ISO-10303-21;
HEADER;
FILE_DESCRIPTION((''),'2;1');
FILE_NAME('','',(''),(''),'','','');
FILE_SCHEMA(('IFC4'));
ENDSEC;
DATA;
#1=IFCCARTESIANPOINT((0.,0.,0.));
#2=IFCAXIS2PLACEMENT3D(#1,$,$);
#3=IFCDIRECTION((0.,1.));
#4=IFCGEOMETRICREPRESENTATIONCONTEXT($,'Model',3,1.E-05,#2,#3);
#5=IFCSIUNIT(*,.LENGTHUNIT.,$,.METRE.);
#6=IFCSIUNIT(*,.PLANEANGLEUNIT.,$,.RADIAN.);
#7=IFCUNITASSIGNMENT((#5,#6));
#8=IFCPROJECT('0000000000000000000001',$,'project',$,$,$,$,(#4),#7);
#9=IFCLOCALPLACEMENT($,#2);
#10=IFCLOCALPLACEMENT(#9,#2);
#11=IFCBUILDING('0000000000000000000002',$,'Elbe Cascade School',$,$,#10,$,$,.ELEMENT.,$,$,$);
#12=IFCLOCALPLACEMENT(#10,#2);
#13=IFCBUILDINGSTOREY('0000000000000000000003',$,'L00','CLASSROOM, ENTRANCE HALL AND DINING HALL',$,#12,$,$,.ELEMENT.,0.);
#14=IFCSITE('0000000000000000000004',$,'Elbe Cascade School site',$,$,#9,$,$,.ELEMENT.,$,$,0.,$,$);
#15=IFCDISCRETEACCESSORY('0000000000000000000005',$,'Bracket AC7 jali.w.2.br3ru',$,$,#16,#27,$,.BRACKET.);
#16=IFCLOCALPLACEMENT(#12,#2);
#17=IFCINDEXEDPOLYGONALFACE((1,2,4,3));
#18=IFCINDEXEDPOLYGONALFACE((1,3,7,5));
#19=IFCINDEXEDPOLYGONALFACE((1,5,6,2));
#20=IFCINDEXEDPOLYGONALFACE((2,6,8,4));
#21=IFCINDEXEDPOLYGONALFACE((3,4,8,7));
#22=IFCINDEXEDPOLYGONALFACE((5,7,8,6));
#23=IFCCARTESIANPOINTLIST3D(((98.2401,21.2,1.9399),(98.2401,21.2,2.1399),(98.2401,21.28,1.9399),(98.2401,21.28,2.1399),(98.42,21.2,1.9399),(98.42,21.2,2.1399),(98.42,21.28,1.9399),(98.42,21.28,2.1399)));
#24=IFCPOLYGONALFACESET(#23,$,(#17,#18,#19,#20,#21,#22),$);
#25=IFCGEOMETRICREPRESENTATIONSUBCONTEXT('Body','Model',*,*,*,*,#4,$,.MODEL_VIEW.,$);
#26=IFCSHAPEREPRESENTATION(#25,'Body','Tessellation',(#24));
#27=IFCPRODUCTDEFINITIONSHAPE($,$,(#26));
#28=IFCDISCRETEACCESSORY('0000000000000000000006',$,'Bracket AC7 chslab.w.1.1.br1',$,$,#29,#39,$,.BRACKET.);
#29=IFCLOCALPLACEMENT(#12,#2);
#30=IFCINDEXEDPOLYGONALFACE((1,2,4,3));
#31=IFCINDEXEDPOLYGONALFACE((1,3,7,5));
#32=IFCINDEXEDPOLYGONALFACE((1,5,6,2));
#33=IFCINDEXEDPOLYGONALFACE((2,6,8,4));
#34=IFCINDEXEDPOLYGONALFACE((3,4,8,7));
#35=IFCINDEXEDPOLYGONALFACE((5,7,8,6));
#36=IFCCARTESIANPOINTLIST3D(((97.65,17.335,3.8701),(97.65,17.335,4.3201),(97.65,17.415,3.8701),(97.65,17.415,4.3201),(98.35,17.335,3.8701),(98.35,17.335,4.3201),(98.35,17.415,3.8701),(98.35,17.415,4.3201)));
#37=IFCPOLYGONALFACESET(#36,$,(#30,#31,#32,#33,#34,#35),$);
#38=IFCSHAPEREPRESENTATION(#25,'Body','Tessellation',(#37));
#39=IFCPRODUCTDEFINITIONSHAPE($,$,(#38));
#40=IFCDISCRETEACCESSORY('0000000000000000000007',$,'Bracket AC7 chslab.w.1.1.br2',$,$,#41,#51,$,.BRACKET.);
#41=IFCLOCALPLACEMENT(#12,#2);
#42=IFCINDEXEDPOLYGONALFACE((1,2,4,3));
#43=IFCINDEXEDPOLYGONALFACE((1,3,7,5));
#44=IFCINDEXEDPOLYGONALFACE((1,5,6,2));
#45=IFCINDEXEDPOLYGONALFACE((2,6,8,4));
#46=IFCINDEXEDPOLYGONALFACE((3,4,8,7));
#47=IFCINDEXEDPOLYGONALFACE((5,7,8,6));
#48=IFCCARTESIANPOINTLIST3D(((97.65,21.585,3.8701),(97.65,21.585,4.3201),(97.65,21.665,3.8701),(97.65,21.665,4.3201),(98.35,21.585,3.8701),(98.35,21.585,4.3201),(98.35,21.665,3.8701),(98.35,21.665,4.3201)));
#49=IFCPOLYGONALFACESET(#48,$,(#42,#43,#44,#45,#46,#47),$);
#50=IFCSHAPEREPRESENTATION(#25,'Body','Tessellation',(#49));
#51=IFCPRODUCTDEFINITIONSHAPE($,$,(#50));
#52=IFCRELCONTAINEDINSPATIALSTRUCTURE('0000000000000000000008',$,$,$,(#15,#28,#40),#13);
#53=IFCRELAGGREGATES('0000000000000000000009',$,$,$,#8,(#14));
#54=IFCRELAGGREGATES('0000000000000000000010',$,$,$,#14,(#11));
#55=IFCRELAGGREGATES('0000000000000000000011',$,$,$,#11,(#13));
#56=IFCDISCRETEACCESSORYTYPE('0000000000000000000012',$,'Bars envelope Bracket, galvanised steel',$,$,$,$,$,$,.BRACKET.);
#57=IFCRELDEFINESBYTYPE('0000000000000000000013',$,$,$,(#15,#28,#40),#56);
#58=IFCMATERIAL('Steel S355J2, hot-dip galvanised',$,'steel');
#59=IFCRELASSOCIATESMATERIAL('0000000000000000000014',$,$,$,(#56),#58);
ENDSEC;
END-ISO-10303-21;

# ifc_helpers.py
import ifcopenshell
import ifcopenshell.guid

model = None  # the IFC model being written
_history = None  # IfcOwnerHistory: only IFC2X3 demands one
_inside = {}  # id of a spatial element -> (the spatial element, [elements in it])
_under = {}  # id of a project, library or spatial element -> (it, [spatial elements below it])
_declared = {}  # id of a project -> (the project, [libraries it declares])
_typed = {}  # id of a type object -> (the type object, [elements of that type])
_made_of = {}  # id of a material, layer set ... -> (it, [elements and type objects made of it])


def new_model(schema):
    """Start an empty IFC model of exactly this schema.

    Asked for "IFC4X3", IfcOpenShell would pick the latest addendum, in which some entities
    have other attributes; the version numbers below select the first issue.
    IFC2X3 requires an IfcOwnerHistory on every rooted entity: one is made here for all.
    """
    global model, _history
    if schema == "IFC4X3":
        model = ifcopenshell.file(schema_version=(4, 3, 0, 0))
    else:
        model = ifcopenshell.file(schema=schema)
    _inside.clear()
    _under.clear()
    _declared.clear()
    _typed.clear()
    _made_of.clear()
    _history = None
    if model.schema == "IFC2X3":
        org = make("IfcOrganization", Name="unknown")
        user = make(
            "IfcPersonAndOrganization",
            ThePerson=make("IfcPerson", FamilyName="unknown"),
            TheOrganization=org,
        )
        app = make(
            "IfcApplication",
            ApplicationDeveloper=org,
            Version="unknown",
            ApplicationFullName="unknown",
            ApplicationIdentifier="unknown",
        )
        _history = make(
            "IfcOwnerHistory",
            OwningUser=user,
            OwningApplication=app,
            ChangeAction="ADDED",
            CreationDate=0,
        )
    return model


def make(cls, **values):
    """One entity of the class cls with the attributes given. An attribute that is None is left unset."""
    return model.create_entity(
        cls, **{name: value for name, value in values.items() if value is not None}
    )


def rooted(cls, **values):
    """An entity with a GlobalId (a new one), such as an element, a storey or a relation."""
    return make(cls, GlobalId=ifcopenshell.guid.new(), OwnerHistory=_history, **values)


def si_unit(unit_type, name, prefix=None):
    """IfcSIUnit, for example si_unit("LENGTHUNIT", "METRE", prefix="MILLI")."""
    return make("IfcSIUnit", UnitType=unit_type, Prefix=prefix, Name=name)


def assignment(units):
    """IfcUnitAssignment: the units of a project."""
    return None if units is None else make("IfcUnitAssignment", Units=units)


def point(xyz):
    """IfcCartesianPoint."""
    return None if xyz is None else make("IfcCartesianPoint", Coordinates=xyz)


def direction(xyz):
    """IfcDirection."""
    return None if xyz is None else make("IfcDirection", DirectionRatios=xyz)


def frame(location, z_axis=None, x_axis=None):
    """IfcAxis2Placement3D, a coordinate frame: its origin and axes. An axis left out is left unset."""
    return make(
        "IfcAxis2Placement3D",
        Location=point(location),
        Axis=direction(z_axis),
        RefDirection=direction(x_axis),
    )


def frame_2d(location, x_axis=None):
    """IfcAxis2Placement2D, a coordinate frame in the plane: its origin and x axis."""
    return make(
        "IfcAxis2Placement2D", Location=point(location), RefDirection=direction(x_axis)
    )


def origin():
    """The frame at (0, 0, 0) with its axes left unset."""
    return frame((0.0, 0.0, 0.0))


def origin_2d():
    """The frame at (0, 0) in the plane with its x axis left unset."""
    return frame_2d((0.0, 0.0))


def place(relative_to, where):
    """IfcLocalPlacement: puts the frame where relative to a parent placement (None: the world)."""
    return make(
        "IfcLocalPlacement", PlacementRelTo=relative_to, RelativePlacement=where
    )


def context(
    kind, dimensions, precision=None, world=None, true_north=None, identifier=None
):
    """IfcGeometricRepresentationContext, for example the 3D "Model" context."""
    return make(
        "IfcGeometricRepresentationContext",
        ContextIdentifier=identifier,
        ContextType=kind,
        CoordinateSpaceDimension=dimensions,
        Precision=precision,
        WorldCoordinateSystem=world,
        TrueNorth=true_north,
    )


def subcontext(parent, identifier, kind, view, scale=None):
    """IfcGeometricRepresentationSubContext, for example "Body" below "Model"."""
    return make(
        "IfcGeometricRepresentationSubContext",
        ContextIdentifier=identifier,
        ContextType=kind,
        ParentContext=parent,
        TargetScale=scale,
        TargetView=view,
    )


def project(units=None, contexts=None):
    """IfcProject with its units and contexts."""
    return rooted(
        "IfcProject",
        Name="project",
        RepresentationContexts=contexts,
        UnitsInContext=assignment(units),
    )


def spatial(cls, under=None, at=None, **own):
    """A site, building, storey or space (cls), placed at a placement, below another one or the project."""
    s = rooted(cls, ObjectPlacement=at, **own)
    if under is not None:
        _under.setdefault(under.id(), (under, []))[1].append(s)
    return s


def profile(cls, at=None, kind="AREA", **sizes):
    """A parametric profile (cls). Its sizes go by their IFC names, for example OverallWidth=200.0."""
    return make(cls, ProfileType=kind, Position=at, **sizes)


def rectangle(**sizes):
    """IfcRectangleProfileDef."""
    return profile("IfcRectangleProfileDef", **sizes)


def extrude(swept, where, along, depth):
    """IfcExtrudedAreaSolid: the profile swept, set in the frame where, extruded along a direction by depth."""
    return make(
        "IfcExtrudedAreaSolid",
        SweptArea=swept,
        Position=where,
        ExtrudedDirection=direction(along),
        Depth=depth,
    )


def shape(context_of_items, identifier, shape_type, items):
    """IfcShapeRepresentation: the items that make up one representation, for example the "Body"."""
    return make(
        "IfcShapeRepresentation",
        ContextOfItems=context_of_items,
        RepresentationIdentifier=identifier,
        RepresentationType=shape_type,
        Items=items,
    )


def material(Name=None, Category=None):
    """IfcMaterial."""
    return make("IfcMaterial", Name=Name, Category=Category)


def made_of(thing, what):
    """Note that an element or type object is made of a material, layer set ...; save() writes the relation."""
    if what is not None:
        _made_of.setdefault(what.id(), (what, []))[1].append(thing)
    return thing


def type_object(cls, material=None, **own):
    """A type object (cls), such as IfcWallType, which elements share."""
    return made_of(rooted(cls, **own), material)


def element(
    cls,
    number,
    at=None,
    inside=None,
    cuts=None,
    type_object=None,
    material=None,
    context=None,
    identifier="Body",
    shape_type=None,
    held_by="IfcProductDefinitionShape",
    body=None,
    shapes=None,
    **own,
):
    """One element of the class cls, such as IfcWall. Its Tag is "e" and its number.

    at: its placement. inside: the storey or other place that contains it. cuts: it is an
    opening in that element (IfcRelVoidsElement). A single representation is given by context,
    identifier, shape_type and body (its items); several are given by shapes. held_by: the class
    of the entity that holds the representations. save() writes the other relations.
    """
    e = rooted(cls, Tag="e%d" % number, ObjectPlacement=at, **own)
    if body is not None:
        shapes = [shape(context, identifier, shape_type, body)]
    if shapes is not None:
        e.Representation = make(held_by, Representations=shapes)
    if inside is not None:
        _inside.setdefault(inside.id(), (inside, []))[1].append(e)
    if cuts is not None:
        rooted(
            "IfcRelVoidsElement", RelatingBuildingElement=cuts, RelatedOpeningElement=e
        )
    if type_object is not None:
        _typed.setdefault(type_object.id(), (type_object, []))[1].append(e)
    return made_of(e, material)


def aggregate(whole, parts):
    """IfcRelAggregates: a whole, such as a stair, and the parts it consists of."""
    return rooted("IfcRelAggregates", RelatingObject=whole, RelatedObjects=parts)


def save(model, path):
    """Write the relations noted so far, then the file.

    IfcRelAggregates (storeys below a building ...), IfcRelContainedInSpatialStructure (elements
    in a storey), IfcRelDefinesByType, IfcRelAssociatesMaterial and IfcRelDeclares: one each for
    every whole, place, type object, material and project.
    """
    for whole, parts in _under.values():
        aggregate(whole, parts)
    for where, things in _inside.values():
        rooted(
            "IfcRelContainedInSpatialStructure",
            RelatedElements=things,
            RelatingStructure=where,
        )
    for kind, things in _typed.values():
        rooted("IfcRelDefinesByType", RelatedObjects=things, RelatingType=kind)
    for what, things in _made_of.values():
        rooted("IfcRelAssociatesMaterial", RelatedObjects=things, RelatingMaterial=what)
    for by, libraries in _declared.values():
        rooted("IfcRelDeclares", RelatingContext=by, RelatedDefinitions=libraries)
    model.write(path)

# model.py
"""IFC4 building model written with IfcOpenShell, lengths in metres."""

from ifc_helpers import new_model, si_unit, direction, frame, origin, origin_2d, place, context, subcontext, project, spatial, rectangle, extrude, material, type_object, element, save


model = new_model("IFC4")

# Units and contexts
model_context = context("Model", 3, precision=1e-05, world=origin(), true_north=direction((0.0, 1.0)))
body_context = subcontext(model_context, "Body", "Model", "MODEL_VIEW")
ifc_project = project(units=[si_unit("LENGTHUNIT", "METRE"), si_unit("PLANEANGLEUNIT", "RADIAN")], contexts=[model_context])

# Site, building, storey
site_placement = place(None, origin())
site = spatial("IfcSite", under=ifc_project, at=site_placement, Name="Elbe Cascade School site", CompositionType="ELEMENT", RefElevation=0.0)
building_placement = place(site_placement, origin())
building = spatial("IfcBuilding", under=site, at=building_placement, Name="Elbe Cascade School", CompositionType="ELEMENT")
storey_placement = place(building_placement, origin())
storey = spatial("IfcBuildingStorey", under=building, at=storey_placement, Name="L00", Description="CLASSROOM, ENTRANCE HALL AND DINING HALL", CompositionType="ELEMENT", Elevation=0.0)

# Discrete accessories
ifc_material_1 = material(Name="Steel S355J2, hot-dip galvanised", Category="steel")
discrete_accessory_type = type_object("IfcDiscreteAccessoryType", Name="Bars envelope Bracket, galvanised steel", PredefinedType="BRACKET", material=ifc_material_1)
for number, where, z_axis, x_axis, name in (
    (1, (98.3301, 21.24, 1.9399), (0.0, 0.0, 1.0), (0.0, 1.0, 0.0), "Bracket AC7 jali.w.2.br3ru"),
):
    element("IfcDiscreteAccessory", number, at=place(storey_placement, frame(where, z_axis=z_axis, x_axis=x_axis)), inside=storey, type_object=discrete_accessory_type, Name=name, PredefinedType="BRACKET", context=body_context, shape_type="SweptSolid", body=[
        extrude(rectangle(XDim=0.0801, YDim=0.1799, at=origin_2d()), origin(), (0.0, 0.0, 1.0), 0.2),
    ])
for number, where, z_axis, x_axis, name in (
    (2, (98.0, 17.375, 3.8701), (0.0, 0.0, 1.0), (0.0, 1.0, 0.0), "Bracket AC7 chslab.w.1.1.br1"),
    (3, (98.0, 21.625, 3.8701), (0.0, 0.0, 1.0), (0.0, 1.0, 0.0), "Bracket AC7 chslab.w.1.1.br2"),
):
    element("IfcDiscreteAccessory", number, at=place(storey_placement, frame(where, z_axis=z_axis, x_axis=x_axis)), inside=storey, type_object=discrete_accessory_type, Name=name, PredefinedType="BRACKET", context=body_context, shape_type="SweptSolid", body=[
        extrude(rectangle(XDim=0.0801, YDim=0.7, at=origin_2d()), origin(), (0.0, 0.0, 1.0), 0.45),
    ])

save(model, "model.ifc")
